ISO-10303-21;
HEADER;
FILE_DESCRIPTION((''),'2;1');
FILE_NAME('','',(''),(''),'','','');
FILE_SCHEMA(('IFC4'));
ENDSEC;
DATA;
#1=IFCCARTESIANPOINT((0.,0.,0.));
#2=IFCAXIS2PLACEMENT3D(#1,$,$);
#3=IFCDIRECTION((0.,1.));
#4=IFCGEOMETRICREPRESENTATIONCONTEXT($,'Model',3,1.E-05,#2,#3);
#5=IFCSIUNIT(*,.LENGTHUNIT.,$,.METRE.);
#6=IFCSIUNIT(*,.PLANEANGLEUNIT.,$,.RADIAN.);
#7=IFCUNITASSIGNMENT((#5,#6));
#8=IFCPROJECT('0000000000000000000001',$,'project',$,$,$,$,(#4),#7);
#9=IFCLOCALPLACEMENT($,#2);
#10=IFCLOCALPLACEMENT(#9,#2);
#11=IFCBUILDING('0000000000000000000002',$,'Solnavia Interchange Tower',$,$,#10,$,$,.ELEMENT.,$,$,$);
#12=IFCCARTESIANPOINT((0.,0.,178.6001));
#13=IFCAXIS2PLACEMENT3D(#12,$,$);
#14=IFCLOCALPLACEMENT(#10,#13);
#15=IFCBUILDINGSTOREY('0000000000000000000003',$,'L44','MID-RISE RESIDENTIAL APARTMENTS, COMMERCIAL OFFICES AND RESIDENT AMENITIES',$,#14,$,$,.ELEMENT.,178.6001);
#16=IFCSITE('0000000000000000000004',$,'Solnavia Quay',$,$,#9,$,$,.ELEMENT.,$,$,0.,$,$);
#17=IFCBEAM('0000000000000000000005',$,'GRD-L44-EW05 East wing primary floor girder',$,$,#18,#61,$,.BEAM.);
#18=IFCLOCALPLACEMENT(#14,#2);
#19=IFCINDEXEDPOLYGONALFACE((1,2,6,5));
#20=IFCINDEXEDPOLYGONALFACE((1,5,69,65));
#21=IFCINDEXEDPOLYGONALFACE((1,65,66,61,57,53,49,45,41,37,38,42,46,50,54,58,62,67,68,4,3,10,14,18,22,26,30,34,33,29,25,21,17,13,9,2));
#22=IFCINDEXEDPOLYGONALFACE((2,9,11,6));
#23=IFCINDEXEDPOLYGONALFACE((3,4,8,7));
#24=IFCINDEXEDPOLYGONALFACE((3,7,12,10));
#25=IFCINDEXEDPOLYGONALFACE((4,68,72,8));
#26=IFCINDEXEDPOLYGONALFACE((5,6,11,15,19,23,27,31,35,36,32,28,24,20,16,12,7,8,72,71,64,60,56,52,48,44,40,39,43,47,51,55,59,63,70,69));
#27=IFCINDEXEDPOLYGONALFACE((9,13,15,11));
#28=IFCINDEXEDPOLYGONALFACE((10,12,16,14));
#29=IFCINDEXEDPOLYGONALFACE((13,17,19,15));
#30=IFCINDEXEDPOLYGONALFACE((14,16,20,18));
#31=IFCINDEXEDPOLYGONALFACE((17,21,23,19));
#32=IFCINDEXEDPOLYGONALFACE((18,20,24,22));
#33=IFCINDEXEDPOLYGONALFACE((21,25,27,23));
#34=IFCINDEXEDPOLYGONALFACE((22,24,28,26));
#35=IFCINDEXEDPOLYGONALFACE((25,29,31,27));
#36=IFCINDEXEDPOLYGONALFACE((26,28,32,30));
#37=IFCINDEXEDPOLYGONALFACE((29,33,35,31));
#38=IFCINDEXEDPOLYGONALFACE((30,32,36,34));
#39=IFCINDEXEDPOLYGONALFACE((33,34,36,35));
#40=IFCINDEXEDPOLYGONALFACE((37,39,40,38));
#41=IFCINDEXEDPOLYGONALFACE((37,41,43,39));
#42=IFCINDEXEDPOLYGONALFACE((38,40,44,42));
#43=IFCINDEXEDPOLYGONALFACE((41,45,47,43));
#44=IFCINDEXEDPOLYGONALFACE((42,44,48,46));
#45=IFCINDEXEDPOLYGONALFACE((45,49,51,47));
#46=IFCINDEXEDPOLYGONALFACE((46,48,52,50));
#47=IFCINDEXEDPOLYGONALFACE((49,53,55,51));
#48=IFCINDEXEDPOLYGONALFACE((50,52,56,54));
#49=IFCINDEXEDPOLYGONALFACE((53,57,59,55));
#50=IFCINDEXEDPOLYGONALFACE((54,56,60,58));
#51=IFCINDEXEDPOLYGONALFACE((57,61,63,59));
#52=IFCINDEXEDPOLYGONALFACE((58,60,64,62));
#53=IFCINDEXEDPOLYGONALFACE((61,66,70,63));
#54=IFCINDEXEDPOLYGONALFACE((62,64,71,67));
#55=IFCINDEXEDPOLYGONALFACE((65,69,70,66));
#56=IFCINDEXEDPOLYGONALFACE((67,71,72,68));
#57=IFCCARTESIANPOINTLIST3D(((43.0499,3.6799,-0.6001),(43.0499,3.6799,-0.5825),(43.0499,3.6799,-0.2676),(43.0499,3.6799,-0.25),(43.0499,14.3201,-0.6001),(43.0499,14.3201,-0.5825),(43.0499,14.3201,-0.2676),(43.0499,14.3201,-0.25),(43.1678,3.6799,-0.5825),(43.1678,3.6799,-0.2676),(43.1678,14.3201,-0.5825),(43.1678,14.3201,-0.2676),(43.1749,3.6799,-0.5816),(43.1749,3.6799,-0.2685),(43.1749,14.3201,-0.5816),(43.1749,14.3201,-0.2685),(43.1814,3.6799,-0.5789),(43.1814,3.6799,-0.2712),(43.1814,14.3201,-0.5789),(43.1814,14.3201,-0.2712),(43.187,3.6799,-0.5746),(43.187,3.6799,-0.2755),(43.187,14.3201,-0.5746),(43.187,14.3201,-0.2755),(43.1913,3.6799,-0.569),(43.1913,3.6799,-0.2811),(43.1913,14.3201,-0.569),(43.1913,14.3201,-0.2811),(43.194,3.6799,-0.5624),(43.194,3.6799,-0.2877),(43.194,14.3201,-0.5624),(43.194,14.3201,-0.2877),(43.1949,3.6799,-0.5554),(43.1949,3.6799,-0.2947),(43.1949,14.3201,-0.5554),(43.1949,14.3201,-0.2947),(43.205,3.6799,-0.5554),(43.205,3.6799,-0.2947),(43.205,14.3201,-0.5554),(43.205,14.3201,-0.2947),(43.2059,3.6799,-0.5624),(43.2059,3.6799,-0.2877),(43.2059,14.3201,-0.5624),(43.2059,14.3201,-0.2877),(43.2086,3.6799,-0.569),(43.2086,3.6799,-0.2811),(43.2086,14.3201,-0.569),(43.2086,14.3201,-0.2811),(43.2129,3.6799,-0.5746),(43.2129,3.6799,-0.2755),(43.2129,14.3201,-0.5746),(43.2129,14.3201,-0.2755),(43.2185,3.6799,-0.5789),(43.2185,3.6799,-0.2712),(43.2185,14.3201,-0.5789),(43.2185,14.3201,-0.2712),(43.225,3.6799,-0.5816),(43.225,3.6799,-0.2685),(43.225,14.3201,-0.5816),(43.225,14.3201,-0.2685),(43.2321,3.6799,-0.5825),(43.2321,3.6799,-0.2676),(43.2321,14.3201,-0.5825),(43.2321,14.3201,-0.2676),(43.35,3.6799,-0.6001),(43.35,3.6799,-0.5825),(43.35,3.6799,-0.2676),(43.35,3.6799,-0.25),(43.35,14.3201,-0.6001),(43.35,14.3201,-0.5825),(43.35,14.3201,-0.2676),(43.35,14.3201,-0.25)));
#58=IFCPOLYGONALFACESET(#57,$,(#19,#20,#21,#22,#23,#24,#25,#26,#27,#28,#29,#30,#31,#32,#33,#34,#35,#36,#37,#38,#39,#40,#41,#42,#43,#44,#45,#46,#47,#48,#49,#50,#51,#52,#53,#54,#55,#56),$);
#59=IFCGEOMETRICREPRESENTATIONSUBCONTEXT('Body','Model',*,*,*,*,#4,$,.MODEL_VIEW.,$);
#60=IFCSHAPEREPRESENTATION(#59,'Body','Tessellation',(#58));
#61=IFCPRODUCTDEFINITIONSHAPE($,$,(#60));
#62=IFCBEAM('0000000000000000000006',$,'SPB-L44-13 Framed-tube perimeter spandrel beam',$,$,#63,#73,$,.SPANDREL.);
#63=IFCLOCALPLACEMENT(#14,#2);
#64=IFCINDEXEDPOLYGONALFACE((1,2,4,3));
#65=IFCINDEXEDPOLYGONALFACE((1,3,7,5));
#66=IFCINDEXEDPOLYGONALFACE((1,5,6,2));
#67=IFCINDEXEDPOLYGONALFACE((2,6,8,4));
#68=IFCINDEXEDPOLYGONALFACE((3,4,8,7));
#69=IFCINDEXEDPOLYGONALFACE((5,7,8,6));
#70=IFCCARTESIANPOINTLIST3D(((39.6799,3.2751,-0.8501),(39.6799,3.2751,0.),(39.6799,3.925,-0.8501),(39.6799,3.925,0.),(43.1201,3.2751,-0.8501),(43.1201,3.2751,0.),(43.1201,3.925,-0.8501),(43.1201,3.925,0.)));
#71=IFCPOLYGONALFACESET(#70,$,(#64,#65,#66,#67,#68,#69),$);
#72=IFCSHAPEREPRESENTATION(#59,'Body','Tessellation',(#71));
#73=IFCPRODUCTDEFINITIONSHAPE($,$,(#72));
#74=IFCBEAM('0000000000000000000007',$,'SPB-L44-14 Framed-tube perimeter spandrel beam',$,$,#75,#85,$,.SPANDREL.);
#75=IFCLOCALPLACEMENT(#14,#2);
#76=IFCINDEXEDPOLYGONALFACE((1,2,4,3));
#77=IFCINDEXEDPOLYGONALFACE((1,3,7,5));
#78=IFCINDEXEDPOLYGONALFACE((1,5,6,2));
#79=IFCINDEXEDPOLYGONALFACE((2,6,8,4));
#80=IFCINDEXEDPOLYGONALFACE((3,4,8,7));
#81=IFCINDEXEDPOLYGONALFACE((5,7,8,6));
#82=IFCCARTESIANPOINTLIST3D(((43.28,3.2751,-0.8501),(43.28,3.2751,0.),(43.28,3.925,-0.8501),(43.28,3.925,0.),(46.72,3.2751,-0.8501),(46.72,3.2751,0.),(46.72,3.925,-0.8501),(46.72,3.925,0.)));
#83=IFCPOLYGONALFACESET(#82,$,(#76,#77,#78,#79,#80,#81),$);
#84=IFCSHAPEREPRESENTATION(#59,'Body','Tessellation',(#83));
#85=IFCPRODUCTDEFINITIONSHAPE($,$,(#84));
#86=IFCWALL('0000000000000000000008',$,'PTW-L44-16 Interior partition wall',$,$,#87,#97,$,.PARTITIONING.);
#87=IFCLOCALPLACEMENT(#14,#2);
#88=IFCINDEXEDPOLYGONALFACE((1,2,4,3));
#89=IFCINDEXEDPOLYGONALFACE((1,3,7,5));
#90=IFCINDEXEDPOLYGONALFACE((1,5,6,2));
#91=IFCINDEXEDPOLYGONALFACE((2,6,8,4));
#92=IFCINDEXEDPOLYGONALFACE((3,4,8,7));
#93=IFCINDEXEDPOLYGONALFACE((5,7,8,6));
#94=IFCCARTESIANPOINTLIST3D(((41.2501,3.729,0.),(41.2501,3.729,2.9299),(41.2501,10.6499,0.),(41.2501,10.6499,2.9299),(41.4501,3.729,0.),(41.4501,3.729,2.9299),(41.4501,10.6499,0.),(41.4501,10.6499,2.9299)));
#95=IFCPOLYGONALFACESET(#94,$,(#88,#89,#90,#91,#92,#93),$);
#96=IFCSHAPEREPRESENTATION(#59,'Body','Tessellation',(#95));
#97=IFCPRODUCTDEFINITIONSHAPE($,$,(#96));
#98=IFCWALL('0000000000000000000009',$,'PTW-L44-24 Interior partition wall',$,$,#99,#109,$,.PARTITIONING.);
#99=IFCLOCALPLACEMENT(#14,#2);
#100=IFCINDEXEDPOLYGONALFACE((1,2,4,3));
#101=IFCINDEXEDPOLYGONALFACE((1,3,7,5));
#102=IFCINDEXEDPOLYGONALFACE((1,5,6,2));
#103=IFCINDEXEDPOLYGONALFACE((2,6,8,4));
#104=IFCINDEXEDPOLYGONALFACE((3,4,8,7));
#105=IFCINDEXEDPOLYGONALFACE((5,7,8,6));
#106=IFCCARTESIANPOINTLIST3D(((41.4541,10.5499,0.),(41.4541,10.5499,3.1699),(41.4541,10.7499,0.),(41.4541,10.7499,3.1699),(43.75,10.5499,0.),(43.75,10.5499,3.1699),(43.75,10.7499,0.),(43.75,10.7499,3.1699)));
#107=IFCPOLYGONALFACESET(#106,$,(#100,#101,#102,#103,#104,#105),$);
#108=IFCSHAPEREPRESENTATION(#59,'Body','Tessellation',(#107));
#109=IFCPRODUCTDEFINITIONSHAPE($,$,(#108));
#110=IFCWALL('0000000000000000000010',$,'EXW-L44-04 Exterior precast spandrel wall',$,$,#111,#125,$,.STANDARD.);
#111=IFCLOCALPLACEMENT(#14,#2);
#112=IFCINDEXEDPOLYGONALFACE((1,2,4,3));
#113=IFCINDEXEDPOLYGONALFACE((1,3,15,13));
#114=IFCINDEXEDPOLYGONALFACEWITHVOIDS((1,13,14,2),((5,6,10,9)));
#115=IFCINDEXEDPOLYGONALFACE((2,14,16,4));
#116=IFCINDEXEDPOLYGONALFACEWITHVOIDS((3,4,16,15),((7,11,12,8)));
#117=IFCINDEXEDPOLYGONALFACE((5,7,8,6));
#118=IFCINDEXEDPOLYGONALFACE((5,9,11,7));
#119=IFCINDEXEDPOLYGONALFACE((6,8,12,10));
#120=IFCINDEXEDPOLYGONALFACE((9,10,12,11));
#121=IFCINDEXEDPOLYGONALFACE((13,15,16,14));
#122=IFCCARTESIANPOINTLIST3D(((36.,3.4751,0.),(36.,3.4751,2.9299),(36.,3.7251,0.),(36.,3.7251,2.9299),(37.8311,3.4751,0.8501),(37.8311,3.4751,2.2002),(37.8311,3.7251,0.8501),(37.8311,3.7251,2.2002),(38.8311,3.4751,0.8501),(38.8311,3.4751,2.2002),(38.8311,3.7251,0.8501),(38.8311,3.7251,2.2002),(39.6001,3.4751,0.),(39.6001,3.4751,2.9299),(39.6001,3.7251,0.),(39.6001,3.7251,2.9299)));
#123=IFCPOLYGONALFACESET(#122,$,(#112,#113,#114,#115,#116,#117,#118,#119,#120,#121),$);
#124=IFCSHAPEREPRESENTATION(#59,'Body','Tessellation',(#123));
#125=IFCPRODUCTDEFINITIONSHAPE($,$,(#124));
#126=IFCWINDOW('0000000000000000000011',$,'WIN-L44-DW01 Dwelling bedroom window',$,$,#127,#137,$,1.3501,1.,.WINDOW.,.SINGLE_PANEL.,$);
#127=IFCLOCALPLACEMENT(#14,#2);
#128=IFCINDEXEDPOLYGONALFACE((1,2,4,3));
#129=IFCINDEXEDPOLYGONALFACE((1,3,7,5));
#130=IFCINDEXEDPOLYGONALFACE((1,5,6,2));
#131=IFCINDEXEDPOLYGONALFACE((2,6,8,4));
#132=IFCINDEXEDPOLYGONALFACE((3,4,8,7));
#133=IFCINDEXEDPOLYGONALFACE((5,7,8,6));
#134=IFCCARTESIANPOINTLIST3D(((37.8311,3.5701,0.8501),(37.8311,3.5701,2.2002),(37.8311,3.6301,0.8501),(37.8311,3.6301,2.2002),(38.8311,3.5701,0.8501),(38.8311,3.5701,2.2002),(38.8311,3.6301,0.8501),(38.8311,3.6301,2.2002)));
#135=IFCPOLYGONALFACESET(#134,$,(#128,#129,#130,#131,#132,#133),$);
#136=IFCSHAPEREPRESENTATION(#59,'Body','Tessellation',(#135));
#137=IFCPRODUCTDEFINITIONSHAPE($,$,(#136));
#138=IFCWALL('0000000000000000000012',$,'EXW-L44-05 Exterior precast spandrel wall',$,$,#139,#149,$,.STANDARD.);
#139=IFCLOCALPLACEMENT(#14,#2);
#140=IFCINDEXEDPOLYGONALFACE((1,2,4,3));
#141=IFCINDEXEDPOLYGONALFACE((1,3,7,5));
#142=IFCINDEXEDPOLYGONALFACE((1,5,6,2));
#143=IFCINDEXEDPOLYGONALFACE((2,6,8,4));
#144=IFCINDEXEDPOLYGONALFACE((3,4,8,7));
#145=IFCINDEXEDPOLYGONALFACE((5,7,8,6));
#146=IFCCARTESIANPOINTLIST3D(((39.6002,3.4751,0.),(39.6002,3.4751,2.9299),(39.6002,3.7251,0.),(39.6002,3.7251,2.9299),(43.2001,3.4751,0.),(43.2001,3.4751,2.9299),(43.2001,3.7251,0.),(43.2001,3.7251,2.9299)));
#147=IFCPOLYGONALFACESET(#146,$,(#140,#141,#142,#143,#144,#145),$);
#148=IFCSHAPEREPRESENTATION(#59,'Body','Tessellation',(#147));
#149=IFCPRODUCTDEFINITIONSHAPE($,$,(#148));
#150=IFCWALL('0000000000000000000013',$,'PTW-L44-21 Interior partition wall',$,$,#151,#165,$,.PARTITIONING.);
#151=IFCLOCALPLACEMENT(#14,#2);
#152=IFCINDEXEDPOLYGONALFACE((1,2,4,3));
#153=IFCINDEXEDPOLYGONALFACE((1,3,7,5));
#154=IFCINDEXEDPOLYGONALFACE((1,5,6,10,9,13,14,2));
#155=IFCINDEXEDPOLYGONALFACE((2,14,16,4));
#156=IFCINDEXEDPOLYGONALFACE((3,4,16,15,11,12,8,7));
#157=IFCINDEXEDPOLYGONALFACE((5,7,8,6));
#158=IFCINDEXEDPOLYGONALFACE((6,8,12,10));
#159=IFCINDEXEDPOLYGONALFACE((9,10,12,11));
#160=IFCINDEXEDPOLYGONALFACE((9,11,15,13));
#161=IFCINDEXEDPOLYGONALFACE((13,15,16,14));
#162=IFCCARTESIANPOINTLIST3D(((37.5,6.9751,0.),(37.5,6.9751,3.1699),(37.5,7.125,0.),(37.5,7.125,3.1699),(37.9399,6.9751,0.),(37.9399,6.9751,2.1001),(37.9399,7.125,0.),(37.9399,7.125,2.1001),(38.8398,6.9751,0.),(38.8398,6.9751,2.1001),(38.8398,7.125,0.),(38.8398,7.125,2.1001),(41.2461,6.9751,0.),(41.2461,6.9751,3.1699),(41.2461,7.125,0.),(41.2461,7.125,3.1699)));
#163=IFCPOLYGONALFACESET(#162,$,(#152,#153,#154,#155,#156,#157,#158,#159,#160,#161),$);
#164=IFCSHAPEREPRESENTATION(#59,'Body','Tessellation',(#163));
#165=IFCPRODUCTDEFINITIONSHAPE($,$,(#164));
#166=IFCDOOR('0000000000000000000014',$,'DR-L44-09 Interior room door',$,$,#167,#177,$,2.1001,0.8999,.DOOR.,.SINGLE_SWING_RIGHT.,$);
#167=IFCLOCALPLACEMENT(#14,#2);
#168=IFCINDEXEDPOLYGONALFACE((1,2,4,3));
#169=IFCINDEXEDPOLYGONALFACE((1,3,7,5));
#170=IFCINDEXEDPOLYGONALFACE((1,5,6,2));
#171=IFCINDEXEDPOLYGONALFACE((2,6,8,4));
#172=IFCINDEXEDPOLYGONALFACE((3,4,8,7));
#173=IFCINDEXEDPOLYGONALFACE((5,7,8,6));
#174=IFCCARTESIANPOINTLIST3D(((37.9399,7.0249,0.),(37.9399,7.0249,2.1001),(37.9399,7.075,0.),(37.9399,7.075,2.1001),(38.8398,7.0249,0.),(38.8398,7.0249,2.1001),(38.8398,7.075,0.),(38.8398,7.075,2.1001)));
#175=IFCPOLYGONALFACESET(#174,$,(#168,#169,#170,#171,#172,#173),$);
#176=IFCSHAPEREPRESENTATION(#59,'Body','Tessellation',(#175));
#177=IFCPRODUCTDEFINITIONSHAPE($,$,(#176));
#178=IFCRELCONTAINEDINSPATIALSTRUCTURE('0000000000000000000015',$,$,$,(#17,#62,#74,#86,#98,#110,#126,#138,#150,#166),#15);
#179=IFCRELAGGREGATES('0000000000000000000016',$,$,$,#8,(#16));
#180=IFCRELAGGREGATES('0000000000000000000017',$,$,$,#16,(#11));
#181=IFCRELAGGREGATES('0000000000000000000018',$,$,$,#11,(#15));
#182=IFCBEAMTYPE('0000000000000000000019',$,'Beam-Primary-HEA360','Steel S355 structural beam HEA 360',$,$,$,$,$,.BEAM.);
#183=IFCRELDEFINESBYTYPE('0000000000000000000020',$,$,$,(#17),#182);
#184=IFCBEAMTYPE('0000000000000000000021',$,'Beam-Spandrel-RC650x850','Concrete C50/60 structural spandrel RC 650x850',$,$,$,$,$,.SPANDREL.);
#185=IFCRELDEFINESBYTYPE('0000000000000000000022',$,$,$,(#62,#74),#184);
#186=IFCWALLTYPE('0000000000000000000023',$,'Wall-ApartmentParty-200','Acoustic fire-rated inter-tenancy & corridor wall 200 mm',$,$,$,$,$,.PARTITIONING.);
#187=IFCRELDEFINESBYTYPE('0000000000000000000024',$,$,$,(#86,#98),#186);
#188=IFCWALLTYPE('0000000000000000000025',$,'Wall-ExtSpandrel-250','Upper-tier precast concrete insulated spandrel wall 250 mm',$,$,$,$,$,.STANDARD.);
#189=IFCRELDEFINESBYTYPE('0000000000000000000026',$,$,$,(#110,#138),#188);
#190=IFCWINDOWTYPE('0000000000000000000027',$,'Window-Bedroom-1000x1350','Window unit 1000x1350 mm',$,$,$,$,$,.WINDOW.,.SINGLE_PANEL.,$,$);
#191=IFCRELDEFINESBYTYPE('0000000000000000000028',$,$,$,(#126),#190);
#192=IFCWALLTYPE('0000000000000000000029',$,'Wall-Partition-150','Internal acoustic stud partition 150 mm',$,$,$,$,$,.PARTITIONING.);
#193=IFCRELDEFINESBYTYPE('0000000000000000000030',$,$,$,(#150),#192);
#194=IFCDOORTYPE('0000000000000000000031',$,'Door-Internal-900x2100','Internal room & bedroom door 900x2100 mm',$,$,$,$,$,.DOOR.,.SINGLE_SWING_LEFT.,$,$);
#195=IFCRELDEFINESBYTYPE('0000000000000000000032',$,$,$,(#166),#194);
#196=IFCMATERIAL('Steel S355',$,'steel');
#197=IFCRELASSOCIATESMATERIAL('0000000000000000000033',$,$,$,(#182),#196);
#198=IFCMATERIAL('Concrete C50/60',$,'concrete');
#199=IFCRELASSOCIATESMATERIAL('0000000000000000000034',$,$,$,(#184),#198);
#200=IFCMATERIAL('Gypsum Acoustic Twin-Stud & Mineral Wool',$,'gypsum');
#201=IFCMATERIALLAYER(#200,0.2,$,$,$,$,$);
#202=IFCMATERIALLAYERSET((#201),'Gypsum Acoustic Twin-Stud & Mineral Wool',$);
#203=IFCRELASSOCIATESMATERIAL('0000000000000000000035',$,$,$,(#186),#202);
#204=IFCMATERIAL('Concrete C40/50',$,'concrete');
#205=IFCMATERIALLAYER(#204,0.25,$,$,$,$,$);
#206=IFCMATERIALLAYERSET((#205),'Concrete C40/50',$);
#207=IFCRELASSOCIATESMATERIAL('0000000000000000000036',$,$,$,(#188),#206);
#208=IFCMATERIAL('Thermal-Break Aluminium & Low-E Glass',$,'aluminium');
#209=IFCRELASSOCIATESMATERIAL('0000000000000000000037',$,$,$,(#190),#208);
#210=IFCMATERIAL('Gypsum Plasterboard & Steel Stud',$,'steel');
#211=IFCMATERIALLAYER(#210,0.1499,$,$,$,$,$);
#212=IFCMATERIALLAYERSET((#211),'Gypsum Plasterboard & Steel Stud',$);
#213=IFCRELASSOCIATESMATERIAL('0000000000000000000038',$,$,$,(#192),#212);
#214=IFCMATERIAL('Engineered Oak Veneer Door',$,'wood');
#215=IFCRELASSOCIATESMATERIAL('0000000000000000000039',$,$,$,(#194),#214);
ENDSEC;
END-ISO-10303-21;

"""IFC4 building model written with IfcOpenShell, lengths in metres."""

from ifc_helpers import new_model, si_unit, direction, frame, frame_2d, origin, origin_2d, place, context, subcontext, project, spatial, rectangle, i_section, extrude, material, layer, layer_set, material_profile, profile_set, type_object, element, fill, save


model = new_model("IFC4")

# Units and contexts
model_context = context("Model", 3, precision=1e-05, world=origin(), true_north=direction((0.0, 1.0)))
body_context = subcontext(model_context, "Body", "Model", "MODEL_VIEW")
ifc_project = project(units=[si_unit("LENGTHUNIT", "METRE"), si_unit("PLANEANGLEUNIT", "RADIAN")], contexts=[model_context])

# Site, building, storey
site_placement = place(None, origin())
site = spatial("IfcSite", under=ifc_project, at=site_placement, Name="Solnavia Quay", CompositionType="ELEMENT", RefElevation=0.0)
building_placement = place(site_placement, origin())
building = spatial("IfcBuilding", under=site, at=building_placement, Name="Solnavia Interchange Tower", CompositionType="ELEMENT")
storey_placement = place(building_placement, frame((0.0, 0.0, 178.6001)))
storey = spatial("IfcBuildingStorey", under=building, at=storey_placement, Name="L44", Description="MID-RISE RESIDENTIAL APARTMENTS, COMMERCIAL OFFICES AND RESIDENT AMENITIES", CompositionType="ELEMENT", Elevation=178.6001)

# Shared definitions
ifc_material_1 = material(Name="Concrete C50/60", Category="concrete")

# Beams
ifc_material_2 = material(Name="Steel S355", Category="steel")
ifc_material_profile_1 = material_profile(ifc_material_2, i_section(OverallWidth=0.3, OverallDepth=0.3501, WebThickness=0.01, FlangeThickness=0.0176, FilletRadius=0.0271, at=origin_2d()), Name="HEA 360")
ifc_profile_set_1 = profile_set([ifc_material_profile_1], Name="Steel S355")
beam_type_1 = type_object("IfcBeamType", Name="Beam-Primary-HEA360", Description="Steel S355 structural beam HEA 360", PredefinedType="BEAM", material=ifc_profile_set_1)
beam_1_placement = place(storey_placement, frame((43.2, 3.6799, -0.425), z_axis=(0.0, 1.0, 0.0), x_axis=(-1.0, 0.0, 0.0)))
element("IfcBeam", 1, at=beam_1_placement, inside=storey, type_object=beam_type_1, Name="GRD-L44-EW05 East wing primary floor girder", PredefinedType="BEAM", context=body_context, shape_type="SweptSolid", body=[
    extrude(i_section(OverallWidth=0.3, OverallDepth=0.3501, WebThickness=0.01, FlangeThickness=0.0176, FilletRadius=0.0271, at=origin_2d()), origin(), (0.0, 0.0, 1.0), 10.6401),
])
ifc_material_profile_2 = material_profile(ifc_material_1, rectangle(XDim=0.6499, YDim=0.8501, at=origin_2d()), Name="RC 650x850")
ifc_profile_set_2 = profile_set([ifc_material_profile_2], Name="Concrete C50/60")
beam_type_2 = type_object("IfcBeamType", Name="Beam-Spandrel-RC650x850", Description="Concrete C50/60 structural spandrel RC 650x850", PredefinedType="SPANDREL", material=ifc_profile_set_2)
beam_2_placement = place(storey_placement, frame((39.6799, 3.6001, -0.425), z_axis=(1.0, 0.0, 0.0), x_axis=(0.0, 1.0, 0.0)))
element("IfcBeam", 2, at=beam_2_placement, inside=storey, type_object=beam_type_2, Name="SPB-L44-13 Framed-tube perimeter spandrel beam", PredefinedType="SPANDREL", context=body_context, shape_type="SweptSolid", body=[
    extrude(rectangle(XDim=0.6499, YDim=0.8501, at=origin_2d()), origin(), (0.0, 0.0, 1.0), 3.4402),
])
beam_3_placement = place(storey_placement, frame((43.28, 3.6001, -0.425), z_axis=(1.0, 0.0, 0.0), x_axis=(0.0, 1.0, 0.0)))
element("IfcBeam", 3, at=beam_3_placement, inside=storey, type_object=beam_type_2, Name="SPB-L44-14 Framed-tube perimeter spandrel beam", PredefinedType="SPANDREL", context=body_context, shape_type="SweptSolid", body=[
    extrude(rectangle(XDim=0.6499, YDim=0.8501, at=origin_2d()), origin(), (0.0, 0.0, 1.0), 3.4399),
])

# Walls
ifc_material_3 = material(Name="Gypsum Acoustic Twin-Stud & Mineral Wool", Category="gypsum")
ifc_layer_1 = layer(ifc_material_3, 0.2)
ifc_layer_set_1 = layer_set([ifc_layer_1], Name="Gypsum Acoustic Twin-Stud & Mineral Wool")
wall_type_1 = type_object("IfcWallType", Name="Wall-ApartmentParty-200", Description="Acoustic fire-rated inter-tenancy & corridor wall 200 mm", PredefinedType="PARTITIONING", material=ifc_layer_set_1)
wall_1_placement = place(storey_placement, frame((41.3501, 3.729, 0.0), z_axis=(0.0, 0.0, 1.0), x_axis=(0.0, 1.0, 0.0)))
element("IfcWall", 4, at=wall_1_placement, inside=storey, type_object=wall_type_1, Name="PTW-L44-16 Interior partition wall", PredefinedType="PARTITIONING", context=body_context, shape_type="SweptSolid", body=[
    extrude(rectangle(XDim=6.9209, YDim=0.2, at=frame_2d((3.4604, 0.0))), origin(), (0.0, 0.0, 1.0), 2.9299),
])
wall_2_placement = place(storey_placement, frame((41.4541, 10.6499, 0.0), z_axis=(0.0, 0.0, 1.0), x_axis=(1.0, 0.0, 0.0)))
element("IfcWall", 5, at=wall_2_placement, inside=storey, type_object=wall_type_1, Name="PTW-L44-24 Interior partition wall", PredefinedType="PARTITIONING", context=body_context, shape_type="SweptSolid", body=[
    extrude(rectangle(XDim=2.2959, YDim=0.2, at=frame_2d((1.1479, 0.0))), origin(), (0.0, 0.0, 1.0), 3.1699),
])

# Wall, opening, window
ifc_material_4 = material(Name="Concrete C40/50", Category="concrete")
ifc_layer_2 = layer(ifc_material_4, 0.25)
ifc_layer_set_2 = layer_set([ifc_layer_2], Name="Concrete C40/50")
wall_type_2 = type_object("IfcWallType", Name="Wall-ExtSpandrel-250", Description="Upper-tier precast concrete insulated spandrel wall 250 mm", PredefinedType="STANDARD", material=ifc_layer_set_2)
wall_3_placement = place(storey_placement, frame((39.6001, 3.6001, 0.0), z_axis=(0.0, 0.0, 1.0), x_axis=(-1.0, 0.0, 0.0)))
wall_3 = element("IfcWall", 6, at=wall_3_placement, inside=storey, type_object=wall_type_2, Name="EXW-L44-04 Exterior precast spandrel wall", PredefinedType="STANDARD", context=body_context, shape_type="SweptSolid", body=[
    extrude(rectangle(XDim=3.6001, YDim=0.25, at=frame_2d((1.8, 0.0))), origin(), (0.0, 0.0, 1.0), 2.9299),
])
opening_1_placement = place(wall_3_placement, frame((0.769, 0.0, 0.8501)))
opening_1 = element("IfcOpeningElement", 7, at=opening_1_placement, cuts=wall_3, PredefinedType="OPENING", context=body_context, shape_type="SweptSolid", body=[
    extrude(rectangle(XDim=1.0, YDim=1.3501, at=frame_2d((0.5, 0.675))), frame((0.0, 0.135, 0.0), z_axis=(0.0, -1.0, 0.0), x_axis=(1.0, 0.0, 0.0)), (0.0, 0.0, 1.0), 0.27),
])
ifc_material_5 = material(Name="Thermal-Break Aluminium & Low-E Glass", Category="aluminium")
window_type = type_object("IfcWindowType", Name="Window-Bedroom-1000x1350", Description="Window unit 1000x1350 mm", PartitioningType="SINGLE_PANEL", PredefinedType="WINDOW", material=ifc_material_5)
window_placement = place(opening_1_placement, origin())
window = element("IfcWindow", 8, at=window_placement, inside=storey, type_object=window_type, Name="WIN-L44-DW01 Dwelling bedroom window", OverallHeight=1.3501, OverallWidth=1.0, PartitioningType="SINGLE_PANEL", PredefinedType="WINDOW", context=body_context, shape_type="SweptSolid", body=[
    extrude(rectangle(XDim=1.0, YDim=1.3501, at=frame_2d((0.5, 0.675))), frame((0.0, 0.03, 0.0), z_axis=(0.0, -1.0, 0.0), x_axis=(1.0, 0.0, 0.0)), (0.0, 0.0, 1.0), 0.0601),
])
fill(opening_1, window)

# Wall
wall_4_placement = place(storey_placement, frame((43.2, 3.6001, 0.0), z_axis=(0.0, 0.0, 1.0), x_axis=(-1.0, 0.0, 0.0)))
element("IfcWall", 9, at=wall_4_placement, inside=storey, type_object=wall_type_2, Name="EXW-L44-05 Exterior precast spandrel wall", PredefinedType="STANDARD", context=body_context, shape_type="SweptSolid", body=[
    extrude(rectangle(XDim=3.5999, YDim=0.25, at=frame_2d((1.7998, 0.0))), origin(), (0.0, 0.0, 1.0), 2.9299),
])

# Wall, opening, door
ifc_material_6 = material(Name="Gypsum Plasterboard & Steel Stud", Category="steel")
ifc_layer_3 = layer(ifc_material_6, 0.1499)
ifc_layer_set_3 = layer_set([ifc_layer_3], Name="Gypsum Plasterboard & Steel Stud")
wall_type_3 = type_object("IfcWallType", Name="Wall-Partition-150", Description="Internal acoustic stud partition 150 mm", PredefinedType="PARTITIONING", material=ifc_layer_set_3)
wall_5_placement = place(storey_placement, frame((37.5, 7.05, 0.0), z_axis=(0.0, 0.0, 1.0), x_axis=(1.0, 0.0, 0.0)))
wall_5 = element("IfcWall", 10, at=wall_5_placement, inside=storey, type_object=wall_type_3, Name="PTW-L44-21 Interior partition wall", PredefinedType="PARTITIONING", context=body_context, shape_type="SweptSolid", body=[
    extrude(rectangle(XDim=3.7461, YDim=0.1499, at=frame_2d((1.873, 0.0))), origin(), (0.0, 0.0, 1.0), 3.1699),
])
opening_2_placement = place(wall_5_placement, frame((0.4399, 0.0, 0.0)))
opening_2 = element("IfcOpeningElement", 11, at=opening_2_placement, cuts=wall_5, PredefinedType="OPENING", context=body_context, shape_type="SweptSolid", body=[
    extrude(rectangle(XDim=0.8999, YDim=2.1001, at=frame_2d((0.45, 1.05))), frame((0.0, 0.085, 0.0), z_axis=(0.0, -1.0, 0.0), x_axis=(1.0, 0.0, 0.0)), (0.0, 0.0, 1.0), 0.1699),
])
ifc_material_7 = material(Name="Engineered Oak Veneer Door", Category="wood")
door_type_1 = type_object("IfcDoorType", Name="Door-Internal-900x2100", Description="Internal room & bedroom door 900x2100 mm", OperationType="SINGLE_SWING_LEFT", PredefinedType="DOOR", material=ifc_material_7)
door_1_placement = place(opening_2_placement, origin())
door_1 = element("IfcDoor", 12, at=door_1_placement, inside=storey, type_object=door_type_1, Name="DR-L44-09 Interior room door", OperationType="SINGLE_SWING_RIGHT", OverallHeight=2.1001, OverallWidth=0.8999, PredefinedType="DOOR", context=body_context, shape_type="SweptSolid", body=[
    extrude(rectangle(XDim=0.8999, YDim=2.1001, at=frame_2d((0.45, 1.05))), frame((0.0, 0.0249, 0.0), z_axis=(0.0, -1.0, 0.0), x_axis=(1.0, 0.0, 0.0)), (0.0, 0.0, 1.0), 0.05),
])
fill(opening_2, door_1)

save(model, "model.ifc")
